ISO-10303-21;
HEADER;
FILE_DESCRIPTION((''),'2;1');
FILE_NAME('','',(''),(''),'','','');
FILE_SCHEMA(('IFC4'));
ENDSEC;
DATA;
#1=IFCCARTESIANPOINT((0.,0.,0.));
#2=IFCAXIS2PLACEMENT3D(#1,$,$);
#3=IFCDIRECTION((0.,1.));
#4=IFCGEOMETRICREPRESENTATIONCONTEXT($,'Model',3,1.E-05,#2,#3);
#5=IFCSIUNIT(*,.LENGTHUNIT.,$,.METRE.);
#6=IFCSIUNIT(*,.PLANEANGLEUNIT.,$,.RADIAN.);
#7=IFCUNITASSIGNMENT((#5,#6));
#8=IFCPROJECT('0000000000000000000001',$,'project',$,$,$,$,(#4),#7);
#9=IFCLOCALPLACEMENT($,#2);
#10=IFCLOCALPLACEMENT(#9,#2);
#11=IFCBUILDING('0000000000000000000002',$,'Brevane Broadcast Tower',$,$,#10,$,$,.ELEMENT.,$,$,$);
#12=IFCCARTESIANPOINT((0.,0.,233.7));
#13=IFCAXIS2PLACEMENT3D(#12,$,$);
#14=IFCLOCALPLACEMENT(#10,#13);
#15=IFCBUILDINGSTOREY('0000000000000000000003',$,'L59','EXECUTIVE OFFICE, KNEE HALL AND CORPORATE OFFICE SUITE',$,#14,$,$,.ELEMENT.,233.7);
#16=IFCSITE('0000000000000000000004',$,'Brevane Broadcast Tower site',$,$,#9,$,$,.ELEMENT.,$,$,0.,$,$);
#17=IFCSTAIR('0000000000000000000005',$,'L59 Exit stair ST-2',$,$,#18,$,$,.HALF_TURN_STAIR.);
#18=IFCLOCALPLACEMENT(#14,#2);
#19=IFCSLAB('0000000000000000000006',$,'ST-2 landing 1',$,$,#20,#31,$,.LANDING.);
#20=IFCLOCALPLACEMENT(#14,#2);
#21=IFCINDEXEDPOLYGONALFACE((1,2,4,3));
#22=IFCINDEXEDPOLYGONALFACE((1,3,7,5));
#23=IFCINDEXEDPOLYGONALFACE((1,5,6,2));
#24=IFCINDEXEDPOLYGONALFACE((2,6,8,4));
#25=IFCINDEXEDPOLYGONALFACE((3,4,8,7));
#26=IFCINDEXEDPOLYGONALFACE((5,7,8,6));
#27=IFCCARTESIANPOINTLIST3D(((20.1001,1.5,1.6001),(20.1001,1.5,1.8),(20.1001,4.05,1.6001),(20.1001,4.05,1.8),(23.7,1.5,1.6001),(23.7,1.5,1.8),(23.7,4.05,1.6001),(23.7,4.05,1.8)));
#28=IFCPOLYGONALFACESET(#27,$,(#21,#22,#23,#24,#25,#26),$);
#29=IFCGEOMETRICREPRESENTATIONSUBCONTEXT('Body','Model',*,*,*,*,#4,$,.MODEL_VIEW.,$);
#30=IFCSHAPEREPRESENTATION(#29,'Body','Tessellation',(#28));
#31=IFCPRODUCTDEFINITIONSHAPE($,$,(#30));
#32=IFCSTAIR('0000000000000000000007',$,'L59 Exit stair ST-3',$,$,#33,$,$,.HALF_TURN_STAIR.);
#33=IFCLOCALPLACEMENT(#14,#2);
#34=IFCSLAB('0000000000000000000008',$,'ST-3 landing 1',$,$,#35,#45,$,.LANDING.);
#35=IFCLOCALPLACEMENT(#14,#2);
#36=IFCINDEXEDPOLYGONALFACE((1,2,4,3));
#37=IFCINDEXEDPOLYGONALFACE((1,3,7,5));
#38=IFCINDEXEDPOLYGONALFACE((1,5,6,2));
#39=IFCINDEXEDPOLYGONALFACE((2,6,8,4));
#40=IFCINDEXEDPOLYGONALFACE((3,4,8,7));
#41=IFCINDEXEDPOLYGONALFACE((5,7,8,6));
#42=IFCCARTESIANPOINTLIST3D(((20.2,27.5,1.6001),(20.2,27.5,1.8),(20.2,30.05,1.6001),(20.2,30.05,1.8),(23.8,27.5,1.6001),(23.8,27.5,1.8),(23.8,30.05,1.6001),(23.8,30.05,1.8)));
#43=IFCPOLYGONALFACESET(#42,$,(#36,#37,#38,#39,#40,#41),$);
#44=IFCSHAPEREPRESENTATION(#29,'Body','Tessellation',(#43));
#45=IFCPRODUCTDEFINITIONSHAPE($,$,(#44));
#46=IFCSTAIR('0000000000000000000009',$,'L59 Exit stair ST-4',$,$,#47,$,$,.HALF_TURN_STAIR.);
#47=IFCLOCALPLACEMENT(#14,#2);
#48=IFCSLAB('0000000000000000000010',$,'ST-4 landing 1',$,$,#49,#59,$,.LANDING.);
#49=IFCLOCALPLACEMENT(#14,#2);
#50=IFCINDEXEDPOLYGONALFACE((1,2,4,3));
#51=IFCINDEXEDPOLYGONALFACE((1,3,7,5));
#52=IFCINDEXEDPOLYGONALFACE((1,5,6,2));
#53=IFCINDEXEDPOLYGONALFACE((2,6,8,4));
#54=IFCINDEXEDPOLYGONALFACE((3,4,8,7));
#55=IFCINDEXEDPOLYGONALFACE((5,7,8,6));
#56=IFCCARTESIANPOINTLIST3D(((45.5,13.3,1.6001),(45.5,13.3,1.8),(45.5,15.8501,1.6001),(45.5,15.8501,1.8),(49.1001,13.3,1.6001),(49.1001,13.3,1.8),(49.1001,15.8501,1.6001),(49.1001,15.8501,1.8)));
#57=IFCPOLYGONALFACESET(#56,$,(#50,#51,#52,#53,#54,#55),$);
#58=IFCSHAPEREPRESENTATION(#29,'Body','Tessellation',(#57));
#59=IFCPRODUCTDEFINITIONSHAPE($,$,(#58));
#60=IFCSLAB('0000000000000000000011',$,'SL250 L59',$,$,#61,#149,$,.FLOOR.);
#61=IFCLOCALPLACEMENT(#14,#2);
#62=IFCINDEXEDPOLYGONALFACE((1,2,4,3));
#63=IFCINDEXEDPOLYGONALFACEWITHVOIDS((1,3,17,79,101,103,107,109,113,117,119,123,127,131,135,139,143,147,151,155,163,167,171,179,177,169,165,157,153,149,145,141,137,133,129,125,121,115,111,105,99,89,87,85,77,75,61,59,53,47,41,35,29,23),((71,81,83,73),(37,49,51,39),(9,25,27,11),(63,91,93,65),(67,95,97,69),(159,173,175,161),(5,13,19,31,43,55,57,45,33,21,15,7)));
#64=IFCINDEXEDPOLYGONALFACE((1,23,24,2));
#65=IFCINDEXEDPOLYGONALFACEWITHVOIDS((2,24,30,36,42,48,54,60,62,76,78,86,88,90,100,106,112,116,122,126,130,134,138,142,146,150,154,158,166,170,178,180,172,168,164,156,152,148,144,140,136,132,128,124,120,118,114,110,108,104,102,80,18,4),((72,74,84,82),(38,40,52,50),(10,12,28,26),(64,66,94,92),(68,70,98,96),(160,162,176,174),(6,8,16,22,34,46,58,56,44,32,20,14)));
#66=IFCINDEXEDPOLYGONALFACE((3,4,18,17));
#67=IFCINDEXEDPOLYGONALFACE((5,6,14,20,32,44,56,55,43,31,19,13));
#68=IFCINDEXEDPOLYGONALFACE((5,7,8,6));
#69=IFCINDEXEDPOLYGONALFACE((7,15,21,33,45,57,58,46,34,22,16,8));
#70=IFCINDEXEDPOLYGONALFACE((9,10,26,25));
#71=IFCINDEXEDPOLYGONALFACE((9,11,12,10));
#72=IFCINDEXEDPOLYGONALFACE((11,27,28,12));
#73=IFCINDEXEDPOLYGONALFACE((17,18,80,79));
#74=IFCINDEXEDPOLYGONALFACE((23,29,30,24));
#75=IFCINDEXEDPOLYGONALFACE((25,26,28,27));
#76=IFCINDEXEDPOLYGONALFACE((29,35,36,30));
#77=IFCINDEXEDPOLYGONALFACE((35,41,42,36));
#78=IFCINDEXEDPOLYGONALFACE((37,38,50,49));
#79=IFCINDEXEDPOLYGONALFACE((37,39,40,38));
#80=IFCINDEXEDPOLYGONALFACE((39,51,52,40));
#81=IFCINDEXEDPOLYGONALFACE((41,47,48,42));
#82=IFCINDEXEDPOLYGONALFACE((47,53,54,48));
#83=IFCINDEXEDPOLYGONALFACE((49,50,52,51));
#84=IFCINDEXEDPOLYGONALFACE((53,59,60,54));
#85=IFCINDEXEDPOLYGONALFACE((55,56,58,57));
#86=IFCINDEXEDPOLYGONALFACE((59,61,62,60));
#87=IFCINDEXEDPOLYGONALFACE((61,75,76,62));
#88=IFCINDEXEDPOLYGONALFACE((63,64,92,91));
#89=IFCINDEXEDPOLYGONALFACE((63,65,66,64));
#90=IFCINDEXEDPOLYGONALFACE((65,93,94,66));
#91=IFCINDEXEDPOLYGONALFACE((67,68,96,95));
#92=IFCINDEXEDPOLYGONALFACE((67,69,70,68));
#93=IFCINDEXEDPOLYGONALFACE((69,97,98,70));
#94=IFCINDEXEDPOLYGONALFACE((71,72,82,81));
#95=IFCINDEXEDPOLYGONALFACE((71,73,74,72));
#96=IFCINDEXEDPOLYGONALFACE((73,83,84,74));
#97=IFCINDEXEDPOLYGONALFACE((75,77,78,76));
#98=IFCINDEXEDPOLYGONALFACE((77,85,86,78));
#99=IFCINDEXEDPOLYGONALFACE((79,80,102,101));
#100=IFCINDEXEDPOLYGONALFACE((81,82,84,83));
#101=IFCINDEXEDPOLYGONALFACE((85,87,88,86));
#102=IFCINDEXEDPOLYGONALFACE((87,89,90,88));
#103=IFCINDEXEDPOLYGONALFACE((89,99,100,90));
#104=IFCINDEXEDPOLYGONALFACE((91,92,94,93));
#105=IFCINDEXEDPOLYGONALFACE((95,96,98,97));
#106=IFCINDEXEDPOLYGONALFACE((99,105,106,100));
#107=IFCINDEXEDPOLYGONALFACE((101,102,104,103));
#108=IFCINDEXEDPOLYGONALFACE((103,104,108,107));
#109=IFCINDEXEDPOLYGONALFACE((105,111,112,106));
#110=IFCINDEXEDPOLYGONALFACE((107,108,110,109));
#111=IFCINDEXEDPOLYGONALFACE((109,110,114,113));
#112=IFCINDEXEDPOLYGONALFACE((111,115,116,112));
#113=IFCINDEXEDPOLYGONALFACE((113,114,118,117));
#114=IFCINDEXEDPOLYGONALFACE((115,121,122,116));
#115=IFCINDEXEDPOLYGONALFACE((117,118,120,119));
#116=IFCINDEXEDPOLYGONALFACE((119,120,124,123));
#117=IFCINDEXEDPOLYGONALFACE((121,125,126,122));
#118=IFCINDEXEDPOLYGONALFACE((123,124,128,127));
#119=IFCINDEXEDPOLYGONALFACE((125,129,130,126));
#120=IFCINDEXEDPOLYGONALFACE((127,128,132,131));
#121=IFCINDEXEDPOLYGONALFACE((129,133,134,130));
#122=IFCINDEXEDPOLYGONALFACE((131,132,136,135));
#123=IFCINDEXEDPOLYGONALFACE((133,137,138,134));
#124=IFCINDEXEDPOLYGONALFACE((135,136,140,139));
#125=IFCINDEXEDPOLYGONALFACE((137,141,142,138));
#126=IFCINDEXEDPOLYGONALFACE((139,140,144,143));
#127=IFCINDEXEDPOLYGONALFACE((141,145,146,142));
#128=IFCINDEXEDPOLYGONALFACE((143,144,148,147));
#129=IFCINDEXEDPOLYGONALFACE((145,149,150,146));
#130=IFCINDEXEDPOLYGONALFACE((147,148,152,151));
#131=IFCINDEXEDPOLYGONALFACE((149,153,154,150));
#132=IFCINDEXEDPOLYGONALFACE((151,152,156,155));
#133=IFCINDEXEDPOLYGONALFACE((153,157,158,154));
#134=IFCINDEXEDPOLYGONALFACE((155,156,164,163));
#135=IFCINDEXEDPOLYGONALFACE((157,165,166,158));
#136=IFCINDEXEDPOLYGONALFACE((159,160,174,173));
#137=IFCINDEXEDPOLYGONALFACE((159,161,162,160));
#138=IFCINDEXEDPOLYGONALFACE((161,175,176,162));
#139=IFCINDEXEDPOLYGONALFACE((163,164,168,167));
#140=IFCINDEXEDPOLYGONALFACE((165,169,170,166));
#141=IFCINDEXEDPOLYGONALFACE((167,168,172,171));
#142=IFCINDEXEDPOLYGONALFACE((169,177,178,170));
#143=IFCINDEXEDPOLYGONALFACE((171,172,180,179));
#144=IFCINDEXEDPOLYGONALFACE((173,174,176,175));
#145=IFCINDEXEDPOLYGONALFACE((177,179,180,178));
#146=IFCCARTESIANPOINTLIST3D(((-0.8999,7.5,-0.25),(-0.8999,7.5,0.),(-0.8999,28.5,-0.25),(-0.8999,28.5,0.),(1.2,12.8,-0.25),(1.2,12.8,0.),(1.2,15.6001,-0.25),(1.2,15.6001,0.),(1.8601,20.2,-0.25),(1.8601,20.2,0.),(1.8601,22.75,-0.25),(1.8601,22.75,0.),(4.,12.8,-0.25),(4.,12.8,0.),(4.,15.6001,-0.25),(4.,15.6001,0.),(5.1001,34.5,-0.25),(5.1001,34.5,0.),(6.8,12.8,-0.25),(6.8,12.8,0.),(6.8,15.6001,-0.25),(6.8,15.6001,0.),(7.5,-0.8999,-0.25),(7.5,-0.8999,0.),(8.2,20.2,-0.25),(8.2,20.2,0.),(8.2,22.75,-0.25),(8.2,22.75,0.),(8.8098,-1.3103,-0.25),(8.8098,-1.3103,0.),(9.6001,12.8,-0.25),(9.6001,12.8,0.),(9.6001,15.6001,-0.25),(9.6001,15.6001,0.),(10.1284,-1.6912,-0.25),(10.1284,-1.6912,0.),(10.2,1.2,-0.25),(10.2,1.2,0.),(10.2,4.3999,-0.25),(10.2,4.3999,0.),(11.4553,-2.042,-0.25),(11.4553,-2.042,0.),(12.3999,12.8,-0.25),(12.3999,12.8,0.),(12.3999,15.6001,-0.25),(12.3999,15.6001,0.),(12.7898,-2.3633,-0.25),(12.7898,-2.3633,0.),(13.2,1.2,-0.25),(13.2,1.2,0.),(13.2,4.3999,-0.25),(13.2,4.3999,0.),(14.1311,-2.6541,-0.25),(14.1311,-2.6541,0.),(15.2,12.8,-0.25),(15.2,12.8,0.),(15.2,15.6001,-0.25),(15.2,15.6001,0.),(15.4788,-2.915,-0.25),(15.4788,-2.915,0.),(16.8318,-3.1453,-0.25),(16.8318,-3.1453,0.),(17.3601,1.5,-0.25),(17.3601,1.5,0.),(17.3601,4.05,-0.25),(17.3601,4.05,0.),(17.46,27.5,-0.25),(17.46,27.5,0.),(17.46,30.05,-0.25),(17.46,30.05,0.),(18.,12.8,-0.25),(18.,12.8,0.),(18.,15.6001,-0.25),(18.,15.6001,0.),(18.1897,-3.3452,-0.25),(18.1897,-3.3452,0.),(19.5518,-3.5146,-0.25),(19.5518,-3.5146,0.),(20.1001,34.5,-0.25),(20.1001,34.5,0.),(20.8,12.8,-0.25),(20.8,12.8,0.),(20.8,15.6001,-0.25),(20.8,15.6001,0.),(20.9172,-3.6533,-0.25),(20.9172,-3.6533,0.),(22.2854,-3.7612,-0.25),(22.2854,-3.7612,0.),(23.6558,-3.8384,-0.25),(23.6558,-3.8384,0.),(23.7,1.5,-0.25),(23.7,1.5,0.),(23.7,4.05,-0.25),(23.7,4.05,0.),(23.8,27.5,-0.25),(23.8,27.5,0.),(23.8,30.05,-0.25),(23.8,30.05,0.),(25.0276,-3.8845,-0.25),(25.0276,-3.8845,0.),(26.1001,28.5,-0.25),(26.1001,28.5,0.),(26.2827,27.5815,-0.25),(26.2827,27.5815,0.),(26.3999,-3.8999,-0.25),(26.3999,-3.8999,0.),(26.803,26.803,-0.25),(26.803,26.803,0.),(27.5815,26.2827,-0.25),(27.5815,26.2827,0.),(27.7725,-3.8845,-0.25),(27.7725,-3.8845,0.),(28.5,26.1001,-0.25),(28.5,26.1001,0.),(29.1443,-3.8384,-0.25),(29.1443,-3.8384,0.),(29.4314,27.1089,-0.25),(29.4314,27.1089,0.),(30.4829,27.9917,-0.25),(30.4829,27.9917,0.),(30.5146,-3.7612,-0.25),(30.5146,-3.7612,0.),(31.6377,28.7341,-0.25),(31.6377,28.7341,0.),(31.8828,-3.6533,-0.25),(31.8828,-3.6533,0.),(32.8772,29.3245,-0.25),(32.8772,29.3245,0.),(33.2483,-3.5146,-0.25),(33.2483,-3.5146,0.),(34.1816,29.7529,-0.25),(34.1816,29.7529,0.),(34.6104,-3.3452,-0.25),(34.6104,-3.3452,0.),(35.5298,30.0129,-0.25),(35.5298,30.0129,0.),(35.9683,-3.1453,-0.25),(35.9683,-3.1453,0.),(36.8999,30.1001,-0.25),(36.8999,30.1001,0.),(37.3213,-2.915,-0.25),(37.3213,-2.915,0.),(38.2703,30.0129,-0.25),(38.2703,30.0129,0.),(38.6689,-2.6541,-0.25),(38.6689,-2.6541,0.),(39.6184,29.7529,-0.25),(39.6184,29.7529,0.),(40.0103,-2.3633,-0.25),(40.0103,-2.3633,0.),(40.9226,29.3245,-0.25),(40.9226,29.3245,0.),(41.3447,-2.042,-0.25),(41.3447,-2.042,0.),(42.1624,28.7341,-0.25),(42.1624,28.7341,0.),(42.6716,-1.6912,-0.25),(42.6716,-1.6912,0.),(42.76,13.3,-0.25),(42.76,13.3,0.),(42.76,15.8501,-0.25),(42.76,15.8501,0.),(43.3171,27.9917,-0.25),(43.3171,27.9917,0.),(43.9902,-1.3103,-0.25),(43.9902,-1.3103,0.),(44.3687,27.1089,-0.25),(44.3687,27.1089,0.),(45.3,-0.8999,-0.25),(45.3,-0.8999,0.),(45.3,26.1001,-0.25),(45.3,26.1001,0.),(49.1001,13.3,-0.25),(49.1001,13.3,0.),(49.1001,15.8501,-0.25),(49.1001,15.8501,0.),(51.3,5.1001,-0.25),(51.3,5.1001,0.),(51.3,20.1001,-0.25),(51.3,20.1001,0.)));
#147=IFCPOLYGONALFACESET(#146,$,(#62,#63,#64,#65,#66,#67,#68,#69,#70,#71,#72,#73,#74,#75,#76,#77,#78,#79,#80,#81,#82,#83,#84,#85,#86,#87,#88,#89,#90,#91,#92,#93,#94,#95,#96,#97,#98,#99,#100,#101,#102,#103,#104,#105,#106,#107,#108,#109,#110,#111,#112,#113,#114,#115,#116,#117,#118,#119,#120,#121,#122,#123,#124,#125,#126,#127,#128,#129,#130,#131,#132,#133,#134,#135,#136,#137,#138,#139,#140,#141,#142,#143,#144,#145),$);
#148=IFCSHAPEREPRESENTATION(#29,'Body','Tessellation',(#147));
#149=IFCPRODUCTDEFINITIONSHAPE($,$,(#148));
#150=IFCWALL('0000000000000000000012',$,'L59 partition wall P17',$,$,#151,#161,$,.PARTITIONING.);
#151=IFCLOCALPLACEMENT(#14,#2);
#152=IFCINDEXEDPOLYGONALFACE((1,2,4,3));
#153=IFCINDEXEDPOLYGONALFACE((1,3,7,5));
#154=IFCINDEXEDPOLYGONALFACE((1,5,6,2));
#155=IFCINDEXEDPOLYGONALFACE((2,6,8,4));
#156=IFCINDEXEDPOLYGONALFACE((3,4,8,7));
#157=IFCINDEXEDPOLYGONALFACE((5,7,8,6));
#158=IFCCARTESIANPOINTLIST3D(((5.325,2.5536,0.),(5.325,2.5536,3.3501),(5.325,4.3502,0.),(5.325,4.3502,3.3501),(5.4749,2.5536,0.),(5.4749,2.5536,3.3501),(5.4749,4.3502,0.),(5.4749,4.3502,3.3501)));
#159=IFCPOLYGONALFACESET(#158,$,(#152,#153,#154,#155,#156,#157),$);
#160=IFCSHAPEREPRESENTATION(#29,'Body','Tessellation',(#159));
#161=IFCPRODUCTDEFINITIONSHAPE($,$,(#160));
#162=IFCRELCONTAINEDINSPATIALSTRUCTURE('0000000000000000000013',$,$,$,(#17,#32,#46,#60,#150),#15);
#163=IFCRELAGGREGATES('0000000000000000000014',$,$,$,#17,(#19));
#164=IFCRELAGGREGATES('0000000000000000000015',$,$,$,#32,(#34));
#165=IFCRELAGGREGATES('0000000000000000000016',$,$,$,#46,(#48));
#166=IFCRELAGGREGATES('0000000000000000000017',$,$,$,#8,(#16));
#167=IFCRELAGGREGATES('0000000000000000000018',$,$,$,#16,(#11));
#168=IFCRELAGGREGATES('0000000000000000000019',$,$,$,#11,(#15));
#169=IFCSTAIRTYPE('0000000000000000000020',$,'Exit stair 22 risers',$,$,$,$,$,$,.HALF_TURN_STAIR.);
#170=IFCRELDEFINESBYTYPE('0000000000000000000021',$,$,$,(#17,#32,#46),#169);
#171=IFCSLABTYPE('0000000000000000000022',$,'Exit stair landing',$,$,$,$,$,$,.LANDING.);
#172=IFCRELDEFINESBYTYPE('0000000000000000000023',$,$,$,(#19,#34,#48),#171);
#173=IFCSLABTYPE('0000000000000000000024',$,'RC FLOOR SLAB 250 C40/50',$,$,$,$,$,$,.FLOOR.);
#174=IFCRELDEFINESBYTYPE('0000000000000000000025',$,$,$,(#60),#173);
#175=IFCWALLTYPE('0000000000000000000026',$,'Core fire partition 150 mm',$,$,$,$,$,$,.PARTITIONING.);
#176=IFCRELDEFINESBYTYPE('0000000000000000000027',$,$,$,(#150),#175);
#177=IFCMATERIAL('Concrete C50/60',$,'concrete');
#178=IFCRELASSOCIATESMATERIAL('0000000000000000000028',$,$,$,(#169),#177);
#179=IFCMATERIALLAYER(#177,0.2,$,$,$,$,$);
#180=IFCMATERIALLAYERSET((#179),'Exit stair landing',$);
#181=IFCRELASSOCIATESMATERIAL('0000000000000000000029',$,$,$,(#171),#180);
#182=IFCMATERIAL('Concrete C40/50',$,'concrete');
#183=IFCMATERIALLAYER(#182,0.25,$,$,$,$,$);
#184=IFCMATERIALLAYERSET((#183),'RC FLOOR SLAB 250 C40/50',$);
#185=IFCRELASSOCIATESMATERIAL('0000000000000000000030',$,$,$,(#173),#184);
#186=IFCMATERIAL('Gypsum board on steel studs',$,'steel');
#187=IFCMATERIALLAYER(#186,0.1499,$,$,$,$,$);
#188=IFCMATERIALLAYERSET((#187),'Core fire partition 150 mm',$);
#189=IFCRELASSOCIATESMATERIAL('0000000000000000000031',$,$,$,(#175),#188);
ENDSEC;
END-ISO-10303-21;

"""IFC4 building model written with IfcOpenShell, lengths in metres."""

from ifc_helpers import new_model, si_unit, direction, frame, frame_2d, origin, place, context, subcontext, project, spatial, polyline, rectangle, outline, extrude, material, layer, layer_set, type_object, element, aggregate, save


model = new_model("IFC4")

# Units and contexts
model_context = context("Model", 3, precision=1e-05, world=origin(), true_north=direction((0.0, 1.0)))
body_context = subcontext(model_context, "Body", "Model", "MODEL_VIEW")
ifc_project = project(units=[si_unit("LENGTHUNIT", "METRE"), si_unit("PLANEANGLEUNIT", "RADIAN")], contexts=[model_context])

# Site, building, storey
site_placement = place(None, origin())
site = spatial("IfcSite", under=ifc_project, at=site_placement, Name="Brevane Broadcast Tower site", CompositionType="ELEMENT", RefElevation=0.0)
building_placement = place(site_placement, origin())
building = spatial("IfcBuilding", under=site, at=building_placement, Name="Brevane Broadcast Tower", CompositionType="ELEMENT")
storey_placement = place(building_placement, frame((0.0, 0.0, 233.7)))
storey = spatial("IfcBuildingStorey", under=building, at=storey_placement, Name="L59", Description="EXECUTIVE OFFICE, KNEE HALL AND CORPORATE OFFICE SUITE", CompositionType="ELEMENT", Elevation=233.7)

# Stairs, slabs
ifc_material_1 = material(Name="Concrete C50/60", Category="concrete")
stair_type = type_object("IfcStairType", Name="Exit stair 22 risers", PredefinedType="HALF_TURN_STAIR", material=ifc_material_1)
ifc_layer_1 = layer(ifc_material_1, 0.2)
ifc_layer_set_1 = layer_set([ifc_layer_1], Name="Exit stair landing")
slab_type_1 = type_object("IfcSlabType", Name="Exit stair landing", PredefinedType="LANDING", material=ifc_layer_set_1)
stair_1_placement = place(storey_placement, origin())
stair_1 = element("IfcStair", 1, at=stair_1_placement, inside=storey, type_object=stair_type, Name="L59 Exit stair ST-2", PredefinedType="HALF_TURN_STAIR")
slab_1_placement = place(storey_placement, frame((0.0, 0.0, 1.6001)))
slab_1 = element("IfcSlab", 2, at=slab_1_placement, type_object=slab_type_1, Name="ST-2 landing 1", PredefinedType="LANDING", context=body_context, shape_type="SweptSolid", body=[
    extrude(outline(polyline([(20.1001, 1.5), (23.7, 1.5), (23.7, 4.05), (20.1001, 4.05), (20.1001, 1.5)])), origin(), (0.0, 0.0, 1.0), 0.2),
])
aggregate(stair_1, [slab_1])
stair_2_placement = place(storey_placement, origin())
stair_2 = element("IfcStair", 3, at=stair_2_placement, inside=storey, type_object=stair_type, Name="L59 Exit stair ST-3", PredefinedType="HALF_TURN_STAIR")
slab_2_placement = place(storey_placement, frame((0.0, 0.0, 1.6001)))
slab_2 = element("IfcSlab", 4, at=slab_2_placement, type_object=slab_type_1, Name="ST-3 landing 1", PredefinedType="LANDING", context=body_context, shape_type="SweptSolid", body=[
    extrude(outline(polyline([(20.2, 27.5), (23.8, 27.5), (23.8, 30.05), (20.2, 30.05), (20.2, 27.5)])), origin(), (0.0, 0.0, 1.0), 0.2),
])
aggregate(stair_2, [slab_2])
stair_3_placement = place(storey_placement, origin())
stair_3 = element("IfcStair", 5, at=stair_3_placement, inside=storey, type_object=stair_type, Name="L59 Exit stair ST-4", PredefinedType="HALF_TURN_STAIR")
slab_3_placement = place(storey_placement, frame((0.0, 0.0, 1.6001)))
slab_3 = element("IfcSlab", 6, at=slab_3_placement, type_object=slab_type_1, Name="ST-4 landing 1", PredefinedType="LANDING", context=body_context, shape_type="SweptSolid", body=[
    extrude(outline(polyline([(45.5, 13.3), (49.1001, 13.3), (49.1001, 15.8501), (45.5, 15.8501), (45.5, 13.3)])), origin(), (0.0, 0.0, 1.0), 0.2),
])
aggregate(stair_3, [slab_3])

# Slab
ifc_material_2 = material(Name="Concrete C40/50", Category="concrete")
ifc_layer_2 = layer(ifc_material_2, 0.25)
ifc_layer_set_2 = layer_set([ifc_layer_2], Name="RC FLOOR SLAB 250 C40/50")
slab_type_2 = type_object("IfcSlabType", Name="RC FLOOR SLAB 250 C40/50", PredefinedType="FLOOR", material=ifc_layer_set_2)
slab_4_placement = place(storey_placement, frame((0.0, 0.0, -0.25)))
element("IfcSlab", 7, at=slab_4_placement, inside=storey, type_object=slab_type_2, Name="SL250 L59", PredefinedType="FLOOR", context=body_context, shape_type="SweptSolid", body=[
    extrude(outline(polyline([(-0.8999, 7.5), (-0.8999, 28.5), (5.1001, 34.5), (20.1001, 34.5), (26.1001, 28.5), (26.2827, 27.5815), (26.803, 26.803), (27.5815, 26.2827), (28.5, 26.1001), (29.4314, 27.1089), (30.4829, 27.9917), (31.6377, 28.7341), (32.8772, 29.3245), (34.1816, 29.7529), (35.5298, 30.0129), (36.8999, 30.1001), (38.2703, 30.0129), (39.6184, 29.7529), (40.9226, 29.3245), (42.1624, 28.7341), (43.3171, 27.9917), (44.3687, 27.1089), (45.3, 26.1001), (51.3, 20.1001), (51.3, 5.1001), (45.3, -0.8999), (43.9902, -1.3103), (42.6716, -1.6912), (41.3447, -2.042), (40.0103, -2.3633), (38.6689, -2.6541), (37.3213, -2.915), (35.9683, -3.1453), (34.6104, -3.3452), (33.2483, -3.5146), (31.8828, -3.6533), (30.5146, -3.7612), (29.1443, -3.8384), (27.7725, -3.8845), (26.3999, -3.8999), (25.0276, -3.8845), (23.6558, -3.8384), (22.2854, -3.7612), (20.9172, -3.6533), (19.5518, -3.5146), (18.1897, -3.3452), (16.8318, -3.1453), (15.4788, -2.915), (14.1311, -2.6541), (12.7898, -2.3633), (11.4553, -2.042), (10.1284, -1.6912), (8.8098, -1.3103), (7.5, -0.8999), (-0.8999, 7.5)]), holes=[polyline([(13.2, 4.3999), (10.2, 4.3999), (10.2, 1.2), (13.2, 1.2), (13.2, 4.3999)]), polyline([(4.0, 15.6001), (1.2, 15.6001), (1.2, 12.8), (4.0, 12.8), (6.8, 12.8), (9.6001, 12.8), (12.3999, 12.8), (15.2, 12.8), (15.2, 15.6001), (12.3999, 15.6001), (9.6001, 15.6001), (6.8, 15.6001), (4.0, 15.6001)]), polyline([(1.8601, 22.75), (1.8601, 20.2), (8.2, 20.2), (8.2, 22.75), (1.8601, 22.75)]), polyline([(23.7, 4.05), (17.3601, 4.05), (17.3601, 1.5), (23.7, 1.5), (23.7, 4.05)]), polyline([(20.8, 15.6001), (18.0, 15.6001), (18.0, 12.8), (20.8, 12.8), (20.8, 15.6001)]), polyline([(49.1001, 15.8501), (42.76, 15.8501), (42.76, 13.3), (49.1001, 13.3), (49.1001, 15.8501)]), polyline([(23.8, 30.05), (17.46, 30.05), (17.46, 27.5), (23.8, 27.5), (23.8, 30.05)])]), origin(), (0.0, 0.0, 1.0), 0.25),
])

# Wall
ifc_material_3 = material(Name="Gypsum board on steel studs", Category="steel")
ifc_layer_3 = layer(ifc_material_3, 0.1499)
ifc_layer_set_3 = layer_set([ifc_layer_3], Name="Core fire partition 150 mm")
wall_type_1 = type_object("IfcWallType", Name="Core fire partition 150 mm", PredefinedType="PARTITIONING", material=ifc_layer_set_3)
wall_1_placement = place(storey_placement, frame((5.3999, 2.5535, 0.0), z_axis=(0.0, 0.0, 1.0), x_axis=(0.0, 1.0, 0.0)))
element("IfcWall", 8, at=wall_1_placement, inside=storey, type_object=wall_type_1, Name="L59 partition wall P17", PredefinedType="PARTITIONING", context=body_context, shape_type="SweptSolid", body=[
    extrude(rectangle(XDim=1.7966, YDim=0.1499, at=frame_2d((0.8984, 0.0))), origin(), (0.0, 0.0, 1.0), 3.3501),
])

save(model, "model.ifc")
